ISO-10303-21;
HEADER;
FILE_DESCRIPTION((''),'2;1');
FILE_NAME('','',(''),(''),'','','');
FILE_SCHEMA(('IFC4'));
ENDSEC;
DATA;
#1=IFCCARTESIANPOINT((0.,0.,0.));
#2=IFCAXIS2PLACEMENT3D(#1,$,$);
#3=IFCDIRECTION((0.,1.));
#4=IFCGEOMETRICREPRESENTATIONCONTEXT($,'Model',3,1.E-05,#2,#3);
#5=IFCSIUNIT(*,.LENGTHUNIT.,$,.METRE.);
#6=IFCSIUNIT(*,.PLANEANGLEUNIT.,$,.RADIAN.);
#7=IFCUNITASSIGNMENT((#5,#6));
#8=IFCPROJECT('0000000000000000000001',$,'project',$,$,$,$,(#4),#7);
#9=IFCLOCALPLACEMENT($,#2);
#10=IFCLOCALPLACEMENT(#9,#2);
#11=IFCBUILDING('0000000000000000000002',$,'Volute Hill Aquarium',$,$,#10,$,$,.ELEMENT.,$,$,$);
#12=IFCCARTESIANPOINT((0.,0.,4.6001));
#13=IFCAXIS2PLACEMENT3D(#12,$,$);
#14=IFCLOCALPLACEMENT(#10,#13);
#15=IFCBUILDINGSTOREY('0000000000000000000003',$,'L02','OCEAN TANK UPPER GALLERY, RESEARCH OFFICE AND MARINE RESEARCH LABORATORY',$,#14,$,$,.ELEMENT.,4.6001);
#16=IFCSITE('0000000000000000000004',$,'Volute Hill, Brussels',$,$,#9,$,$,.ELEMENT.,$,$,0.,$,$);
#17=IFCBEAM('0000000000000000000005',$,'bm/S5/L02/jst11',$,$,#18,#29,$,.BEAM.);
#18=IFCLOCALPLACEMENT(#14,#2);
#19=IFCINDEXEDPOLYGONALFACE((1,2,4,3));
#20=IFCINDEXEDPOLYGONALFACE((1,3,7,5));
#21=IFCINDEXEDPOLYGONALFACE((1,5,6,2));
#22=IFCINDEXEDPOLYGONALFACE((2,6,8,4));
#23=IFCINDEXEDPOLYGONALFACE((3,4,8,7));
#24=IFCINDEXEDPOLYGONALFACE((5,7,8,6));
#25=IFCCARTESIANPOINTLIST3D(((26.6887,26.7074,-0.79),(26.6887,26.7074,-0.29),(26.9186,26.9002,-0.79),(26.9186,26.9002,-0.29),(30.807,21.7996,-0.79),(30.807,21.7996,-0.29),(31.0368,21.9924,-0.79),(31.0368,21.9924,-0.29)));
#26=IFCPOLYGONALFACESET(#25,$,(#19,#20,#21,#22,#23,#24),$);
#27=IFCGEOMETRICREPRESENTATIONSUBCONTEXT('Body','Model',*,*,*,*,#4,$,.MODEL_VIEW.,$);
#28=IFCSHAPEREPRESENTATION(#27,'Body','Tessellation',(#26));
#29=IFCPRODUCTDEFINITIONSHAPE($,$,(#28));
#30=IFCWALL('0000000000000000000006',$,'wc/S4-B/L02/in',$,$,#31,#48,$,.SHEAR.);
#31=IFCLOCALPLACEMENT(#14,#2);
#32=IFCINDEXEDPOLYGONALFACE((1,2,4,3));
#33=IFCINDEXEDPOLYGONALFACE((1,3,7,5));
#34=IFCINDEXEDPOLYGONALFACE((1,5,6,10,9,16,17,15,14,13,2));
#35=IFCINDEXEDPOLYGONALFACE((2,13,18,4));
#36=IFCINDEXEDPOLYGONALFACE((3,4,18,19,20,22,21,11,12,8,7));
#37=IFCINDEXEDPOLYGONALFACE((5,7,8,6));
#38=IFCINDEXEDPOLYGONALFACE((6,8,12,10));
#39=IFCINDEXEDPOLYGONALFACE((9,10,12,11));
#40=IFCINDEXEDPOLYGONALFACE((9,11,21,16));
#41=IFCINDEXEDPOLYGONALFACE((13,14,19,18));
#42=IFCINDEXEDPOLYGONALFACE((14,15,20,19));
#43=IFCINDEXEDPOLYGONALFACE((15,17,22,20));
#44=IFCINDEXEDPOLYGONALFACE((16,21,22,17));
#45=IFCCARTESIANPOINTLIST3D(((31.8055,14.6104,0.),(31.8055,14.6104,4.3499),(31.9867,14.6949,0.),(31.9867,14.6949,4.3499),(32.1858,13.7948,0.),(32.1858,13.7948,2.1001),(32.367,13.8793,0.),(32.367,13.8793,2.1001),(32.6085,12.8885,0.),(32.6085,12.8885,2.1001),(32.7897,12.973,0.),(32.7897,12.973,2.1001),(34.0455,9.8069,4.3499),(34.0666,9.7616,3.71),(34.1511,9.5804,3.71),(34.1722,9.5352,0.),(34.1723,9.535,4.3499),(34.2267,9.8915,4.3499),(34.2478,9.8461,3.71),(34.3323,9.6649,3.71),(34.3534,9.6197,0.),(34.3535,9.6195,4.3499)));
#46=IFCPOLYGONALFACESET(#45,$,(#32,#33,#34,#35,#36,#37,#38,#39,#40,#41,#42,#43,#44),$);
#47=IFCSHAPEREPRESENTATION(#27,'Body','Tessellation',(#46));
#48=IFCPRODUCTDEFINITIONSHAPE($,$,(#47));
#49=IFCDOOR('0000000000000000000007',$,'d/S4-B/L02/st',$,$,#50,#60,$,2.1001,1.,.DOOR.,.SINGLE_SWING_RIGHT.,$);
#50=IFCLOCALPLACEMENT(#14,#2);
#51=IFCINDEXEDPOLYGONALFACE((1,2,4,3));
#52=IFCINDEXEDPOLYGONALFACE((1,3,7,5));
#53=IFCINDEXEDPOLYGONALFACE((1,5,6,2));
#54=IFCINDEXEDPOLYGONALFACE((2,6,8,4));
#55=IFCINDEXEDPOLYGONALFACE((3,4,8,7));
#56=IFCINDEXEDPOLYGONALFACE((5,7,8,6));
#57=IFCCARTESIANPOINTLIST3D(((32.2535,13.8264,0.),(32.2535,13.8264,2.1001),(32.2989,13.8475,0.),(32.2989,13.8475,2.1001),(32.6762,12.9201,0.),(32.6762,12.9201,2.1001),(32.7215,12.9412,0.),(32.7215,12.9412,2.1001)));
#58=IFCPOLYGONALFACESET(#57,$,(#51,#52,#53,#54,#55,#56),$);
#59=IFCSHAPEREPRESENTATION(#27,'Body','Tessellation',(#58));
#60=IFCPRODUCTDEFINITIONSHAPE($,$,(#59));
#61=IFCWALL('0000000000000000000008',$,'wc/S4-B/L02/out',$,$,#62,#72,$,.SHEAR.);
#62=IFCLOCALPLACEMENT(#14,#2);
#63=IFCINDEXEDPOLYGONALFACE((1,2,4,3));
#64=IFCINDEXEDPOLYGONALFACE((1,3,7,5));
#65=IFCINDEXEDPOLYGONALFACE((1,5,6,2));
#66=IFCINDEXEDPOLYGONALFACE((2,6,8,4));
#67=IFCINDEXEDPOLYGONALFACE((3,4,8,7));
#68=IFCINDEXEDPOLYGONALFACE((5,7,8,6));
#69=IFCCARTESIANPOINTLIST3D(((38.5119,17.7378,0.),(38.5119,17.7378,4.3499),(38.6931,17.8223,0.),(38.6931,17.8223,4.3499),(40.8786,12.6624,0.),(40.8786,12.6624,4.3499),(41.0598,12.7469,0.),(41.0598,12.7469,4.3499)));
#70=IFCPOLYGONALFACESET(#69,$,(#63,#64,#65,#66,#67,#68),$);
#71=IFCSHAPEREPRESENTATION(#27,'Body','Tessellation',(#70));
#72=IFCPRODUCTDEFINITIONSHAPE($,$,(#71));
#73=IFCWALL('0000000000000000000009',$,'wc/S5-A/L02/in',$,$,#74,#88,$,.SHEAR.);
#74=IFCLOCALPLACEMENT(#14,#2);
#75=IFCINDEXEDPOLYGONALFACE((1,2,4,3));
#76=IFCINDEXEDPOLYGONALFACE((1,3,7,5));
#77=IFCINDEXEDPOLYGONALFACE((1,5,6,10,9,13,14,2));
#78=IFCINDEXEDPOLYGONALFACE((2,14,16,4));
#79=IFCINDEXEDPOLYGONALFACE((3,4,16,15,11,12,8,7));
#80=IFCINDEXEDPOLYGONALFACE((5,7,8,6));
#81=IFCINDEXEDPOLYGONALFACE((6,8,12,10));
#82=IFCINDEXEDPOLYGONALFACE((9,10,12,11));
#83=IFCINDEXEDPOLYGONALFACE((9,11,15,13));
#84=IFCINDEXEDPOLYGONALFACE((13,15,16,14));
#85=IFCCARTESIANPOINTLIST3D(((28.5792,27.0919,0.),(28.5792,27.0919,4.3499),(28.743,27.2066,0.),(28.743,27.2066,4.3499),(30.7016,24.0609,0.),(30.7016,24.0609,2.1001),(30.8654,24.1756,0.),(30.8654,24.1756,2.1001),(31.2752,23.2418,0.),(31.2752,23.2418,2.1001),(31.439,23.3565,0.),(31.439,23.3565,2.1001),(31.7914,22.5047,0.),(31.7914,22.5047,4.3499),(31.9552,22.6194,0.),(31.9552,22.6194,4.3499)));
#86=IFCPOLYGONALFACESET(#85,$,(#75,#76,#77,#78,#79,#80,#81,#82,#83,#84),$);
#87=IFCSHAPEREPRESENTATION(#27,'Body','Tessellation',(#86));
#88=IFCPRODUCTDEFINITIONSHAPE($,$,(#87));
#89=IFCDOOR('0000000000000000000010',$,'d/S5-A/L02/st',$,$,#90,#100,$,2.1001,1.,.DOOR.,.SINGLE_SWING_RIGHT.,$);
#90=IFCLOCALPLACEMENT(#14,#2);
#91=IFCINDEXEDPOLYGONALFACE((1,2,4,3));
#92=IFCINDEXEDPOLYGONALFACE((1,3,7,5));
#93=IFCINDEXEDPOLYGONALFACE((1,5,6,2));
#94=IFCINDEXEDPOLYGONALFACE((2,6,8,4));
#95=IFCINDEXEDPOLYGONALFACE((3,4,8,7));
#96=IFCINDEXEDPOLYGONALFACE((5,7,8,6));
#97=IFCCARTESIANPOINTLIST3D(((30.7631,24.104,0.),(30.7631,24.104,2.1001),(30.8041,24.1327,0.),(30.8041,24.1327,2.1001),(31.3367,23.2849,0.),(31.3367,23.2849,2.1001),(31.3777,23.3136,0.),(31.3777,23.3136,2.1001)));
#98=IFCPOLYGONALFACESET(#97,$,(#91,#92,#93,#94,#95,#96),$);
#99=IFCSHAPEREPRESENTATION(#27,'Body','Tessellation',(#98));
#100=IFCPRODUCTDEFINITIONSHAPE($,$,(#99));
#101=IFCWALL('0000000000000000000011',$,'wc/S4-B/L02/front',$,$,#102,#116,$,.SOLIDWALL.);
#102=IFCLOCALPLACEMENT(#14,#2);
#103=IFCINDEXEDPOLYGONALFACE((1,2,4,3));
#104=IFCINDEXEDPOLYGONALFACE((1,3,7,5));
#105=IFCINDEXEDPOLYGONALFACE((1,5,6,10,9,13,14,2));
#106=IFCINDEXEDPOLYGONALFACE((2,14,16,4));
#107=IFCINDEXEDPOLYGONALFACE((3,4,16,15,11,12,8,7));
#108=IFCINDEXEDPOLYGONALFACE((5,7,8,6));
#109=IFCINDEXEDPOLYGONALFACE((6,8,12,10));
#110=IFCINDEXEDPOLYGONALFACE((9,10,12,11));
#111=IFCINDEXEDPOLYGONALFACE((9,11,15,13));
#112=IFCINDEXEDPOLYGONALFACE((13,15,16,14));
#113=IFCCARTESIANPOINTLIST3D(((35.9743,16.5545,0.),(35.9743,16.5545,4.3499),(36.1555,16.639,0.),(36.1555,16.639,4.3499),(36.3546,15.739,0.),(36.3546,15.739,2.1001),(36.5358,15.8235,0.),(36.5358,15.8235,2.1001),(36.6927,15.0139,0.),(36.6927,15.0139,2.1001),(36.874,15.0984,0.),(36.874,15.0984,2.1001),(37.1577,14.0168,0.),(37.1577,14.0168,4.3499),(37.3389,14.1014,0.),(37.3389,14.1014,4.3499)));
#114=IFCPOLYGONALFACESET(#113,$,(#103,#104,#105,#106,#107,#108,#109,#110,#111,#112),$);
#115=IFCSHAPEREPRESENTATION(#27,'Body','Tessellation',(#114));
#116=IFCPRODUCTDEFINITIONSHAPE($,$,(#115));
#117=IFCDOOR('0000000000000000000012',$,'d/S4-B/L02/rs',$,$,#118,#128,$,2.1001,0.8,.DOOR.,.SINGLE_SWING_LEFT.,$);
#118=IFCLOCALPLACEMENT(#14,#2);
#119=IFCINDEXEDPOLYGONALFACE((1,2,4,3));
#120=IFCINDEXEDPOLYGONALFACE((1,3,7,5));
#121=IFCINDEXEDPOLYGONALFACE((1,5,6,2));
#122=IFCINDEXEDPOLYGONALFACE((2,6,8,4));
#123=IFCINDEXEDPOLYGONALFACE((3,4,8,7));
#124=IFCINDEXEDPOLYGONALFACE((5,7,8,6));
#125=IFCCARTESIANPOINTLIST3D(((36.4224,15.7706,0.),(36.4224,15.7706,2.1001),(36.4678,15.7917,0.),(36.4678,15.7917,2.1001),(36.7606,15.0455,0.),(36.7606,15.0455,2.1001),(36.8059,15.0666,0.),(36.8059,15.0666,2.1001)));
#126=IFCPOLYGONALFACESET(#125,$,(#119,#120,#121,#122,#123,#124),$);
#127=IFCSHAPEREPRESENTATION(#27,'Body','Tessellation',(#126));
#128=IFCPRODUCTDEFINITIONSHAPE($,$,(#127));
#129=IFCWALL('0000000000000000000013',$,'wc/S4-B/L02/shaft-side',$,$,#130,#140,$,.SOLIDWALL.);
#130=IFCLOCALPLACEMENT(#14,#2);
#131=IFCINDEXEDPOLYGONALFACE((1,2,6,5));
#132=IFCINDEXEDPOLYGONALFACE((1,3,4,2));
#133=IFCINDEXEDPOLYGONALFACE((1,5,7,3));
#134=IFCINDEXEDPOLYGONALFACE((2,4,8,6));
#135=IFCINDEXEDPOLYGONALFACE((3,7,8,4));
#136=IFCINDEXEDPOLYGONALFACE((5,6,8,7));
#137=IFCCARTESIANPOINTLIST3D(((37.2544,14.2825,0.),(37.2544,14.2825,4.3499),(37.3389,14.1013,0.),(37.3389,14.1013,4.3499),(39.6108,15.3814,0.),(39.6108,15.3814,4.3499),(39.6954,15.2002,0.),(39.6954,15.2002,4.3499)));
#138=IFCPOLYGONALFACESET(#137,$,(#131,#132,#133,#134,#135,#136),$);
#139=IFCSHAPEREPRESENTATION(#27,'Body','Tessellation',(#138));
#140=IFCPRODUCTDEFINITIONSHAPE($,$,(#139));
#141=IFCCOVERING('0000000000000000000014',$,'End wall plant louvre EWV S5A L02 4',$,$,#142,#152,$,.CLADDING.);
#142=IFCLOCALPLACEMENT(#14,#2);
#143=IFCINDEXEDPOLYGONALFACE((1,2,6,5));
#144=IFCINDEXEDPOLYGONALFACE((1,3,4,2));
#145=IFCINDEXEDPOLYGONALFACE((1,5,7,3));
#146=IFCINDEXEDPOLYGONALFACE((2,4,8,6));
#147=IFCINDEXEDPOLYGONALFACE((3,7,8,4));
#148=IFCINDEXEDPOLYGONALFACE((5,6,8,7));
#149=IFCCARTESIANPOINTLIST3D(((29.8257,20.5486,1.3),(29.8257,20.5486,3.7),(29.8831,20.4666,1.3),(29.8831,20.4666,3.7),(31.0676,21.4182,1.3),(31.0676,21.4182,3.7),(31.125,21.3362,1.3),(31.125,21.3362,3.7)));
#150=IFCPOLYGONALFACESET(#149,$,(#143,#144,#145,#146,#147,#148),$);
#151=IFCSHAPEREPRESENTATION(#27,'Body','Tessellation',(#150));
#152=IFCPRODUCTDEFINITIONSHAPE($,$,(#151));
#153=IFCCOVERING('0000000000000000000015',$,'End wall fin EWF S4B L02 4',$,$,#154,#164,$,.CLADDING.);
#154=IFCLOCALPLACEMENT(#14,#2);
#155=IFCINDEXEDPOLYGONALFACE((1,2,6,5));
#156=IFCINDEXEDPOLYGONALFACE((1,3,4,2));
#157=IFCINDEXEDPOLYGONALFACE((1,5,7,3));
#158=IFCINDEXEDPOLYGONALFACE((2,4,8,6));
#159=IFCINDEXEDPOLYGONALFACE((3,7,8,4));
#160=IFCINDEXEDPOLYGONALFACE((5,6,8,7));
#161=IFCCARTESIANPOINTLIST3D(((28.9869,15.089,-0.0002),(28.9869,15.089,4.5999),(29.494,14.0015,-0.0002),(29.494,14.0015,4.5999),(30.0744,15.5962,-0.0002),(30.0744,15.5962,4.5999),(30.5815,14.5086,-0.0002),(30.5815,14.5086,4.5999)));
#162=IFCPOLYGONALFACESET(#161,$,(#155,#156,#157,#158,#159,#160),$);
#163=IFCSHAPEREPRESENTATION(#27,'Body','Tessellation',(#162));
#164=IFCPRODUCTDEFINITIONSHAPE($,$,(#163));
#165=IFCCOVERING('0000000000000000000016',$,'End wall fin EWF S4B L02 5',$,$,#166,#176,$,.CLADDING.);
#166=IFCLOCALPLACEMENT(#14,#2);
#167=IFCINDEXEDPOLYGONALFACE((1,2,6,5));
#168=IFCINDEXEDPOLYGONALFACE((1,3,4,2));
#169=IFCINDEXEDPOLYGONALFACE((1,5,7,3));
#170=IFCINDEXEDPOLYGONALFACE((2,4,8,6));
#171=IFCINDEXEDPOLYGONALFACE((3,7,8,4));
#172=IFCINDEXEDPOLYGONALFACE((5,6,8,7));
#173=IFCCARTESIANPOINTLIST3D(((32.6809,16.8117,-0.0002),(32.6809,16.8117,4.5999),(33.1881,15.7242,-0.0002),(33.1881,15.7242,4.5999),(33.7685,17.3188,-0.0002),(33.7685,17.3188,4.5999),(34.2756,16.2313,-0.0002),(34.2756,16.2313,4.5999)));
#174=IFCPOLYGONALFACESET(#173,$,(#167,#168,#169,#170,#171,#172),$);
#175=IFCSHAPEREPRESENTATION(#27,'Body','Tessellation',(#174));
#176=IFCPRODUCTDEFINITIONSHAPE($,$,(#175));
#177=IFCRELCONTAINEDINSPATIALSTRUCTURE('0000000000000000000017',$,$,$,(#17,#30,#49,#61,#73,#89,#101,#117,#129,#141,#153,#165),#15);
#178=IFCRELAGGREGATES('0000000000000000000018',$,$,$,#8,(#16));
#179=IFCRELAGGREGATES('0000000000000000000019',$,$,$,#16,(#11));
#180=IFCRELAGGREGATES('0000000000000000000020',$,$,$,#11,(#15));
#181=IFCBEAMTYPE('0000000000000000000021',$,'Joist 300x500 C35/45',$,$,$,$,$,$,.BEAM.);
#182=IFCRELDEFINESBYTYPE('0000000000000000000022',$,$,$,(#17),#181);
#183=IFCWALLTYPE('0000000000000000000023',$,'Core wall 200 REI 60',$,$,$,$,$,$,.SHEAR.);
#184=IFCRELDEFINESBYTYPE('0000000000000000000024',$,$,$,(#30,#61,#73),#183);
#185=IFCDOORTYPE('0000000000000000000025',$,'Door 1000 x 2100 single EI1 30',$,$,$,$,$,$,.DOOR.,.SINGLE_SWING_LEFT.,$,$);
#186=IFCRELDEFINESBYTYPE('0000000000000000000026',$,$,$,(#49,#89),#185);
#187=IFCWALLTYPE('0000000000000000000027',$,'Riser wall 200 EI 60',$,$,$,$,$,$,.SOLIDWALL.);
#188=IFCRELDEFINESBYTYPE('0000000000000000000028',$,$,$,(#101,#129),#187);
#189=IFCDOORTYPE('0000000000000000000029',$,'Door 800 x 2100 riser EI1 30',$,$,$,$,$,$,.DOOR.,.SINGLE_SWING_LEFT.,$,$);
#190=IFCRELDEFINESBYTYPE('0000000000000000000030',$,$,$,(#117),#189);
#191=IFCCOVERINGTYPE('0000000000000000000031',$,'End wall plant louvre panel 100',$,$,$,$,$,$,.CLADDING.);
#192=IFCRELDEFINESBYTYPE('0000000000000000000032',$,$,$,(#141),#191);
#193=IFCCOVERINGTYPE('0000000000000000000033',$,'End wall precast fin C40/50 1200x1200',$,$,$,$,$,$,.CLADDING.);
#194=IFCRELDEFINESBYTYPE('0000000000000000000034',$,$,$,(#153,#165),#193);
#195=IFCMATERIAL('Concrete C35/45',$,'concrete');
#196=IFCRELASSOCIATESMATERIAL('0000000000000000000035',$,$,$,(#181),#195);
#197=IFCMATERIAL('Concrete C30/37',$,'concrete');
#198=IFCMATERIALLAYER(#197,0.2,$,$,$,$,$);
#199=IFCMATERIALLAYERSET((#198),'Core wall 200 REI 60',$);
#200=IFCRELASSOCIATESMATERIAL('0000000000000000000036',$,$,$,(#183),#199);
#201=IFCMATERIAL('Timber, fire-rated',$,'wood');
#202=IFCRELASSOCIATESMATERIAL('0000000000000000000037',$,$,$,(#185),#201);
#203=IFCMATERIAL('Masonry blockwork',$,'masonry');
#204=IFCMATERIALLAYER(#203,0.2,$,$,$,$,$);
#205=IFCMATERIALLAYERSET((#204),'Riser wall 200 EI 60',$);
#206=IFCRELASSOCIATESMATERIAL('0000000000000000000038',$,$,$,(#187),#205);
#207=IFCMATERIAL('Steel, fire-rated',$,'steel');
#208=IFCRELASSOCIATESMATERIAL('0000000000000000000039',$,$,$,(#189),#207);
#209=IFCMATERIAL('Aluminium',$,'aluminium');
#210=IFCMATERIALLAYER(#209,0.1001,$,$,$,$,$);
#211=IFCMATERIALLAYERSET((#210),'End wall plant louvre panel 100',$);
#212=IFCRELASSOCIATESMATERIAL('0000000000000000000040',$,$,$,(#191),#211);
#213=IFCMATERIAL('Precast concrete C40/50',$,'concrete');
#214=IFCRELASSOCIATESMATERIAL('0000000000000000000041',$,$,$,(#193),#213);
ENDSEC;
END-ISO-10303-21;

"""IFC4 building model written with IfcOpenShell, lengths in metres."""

from ifc_helpers import new_model, si_unit, direction, frame, frame_2d, origin, origin_2d, place, context, subcontext, project, spatial, polyline, rectangle, outline, extrude, material, layer, layer_set, material_profile, profile_set, type_object, element, fill, save


model = new_model("IFC4")

# Units and contexts
model_context = context("Model", 3, precision=1e-05, world=origin(), true_north=direction((0.0, 1.0)))
body_context = subcontext(model_context, "Body", "Model", "MODEL_VIEW")
ifc_project = project(units=[si_unit("LENGTHUNIT", "METRE"), si_unit("PLANEANGLEUNIT", "RADIAN")], contexts=[model_context])

# Site, building, storey
site_placement = place(None, origin())
site = spatial("IfcSite", under=ifc_project, at=site_placement, Name="Volute Hill, Brussels", CompositionType="ELEMENT", RefElevation=0.0)
building_placement = place(site_placement, origin())
building = spatial("IfcBuilding", under=site, at=building_placement, Name="Volute Hill Aquarium", CompositionType="ELEMENT")
storey_placement = place(building_placement, frame((0.0, 0.0, 4.6001)))
storey = spatial("IfcBuildingStorey", under=building, at=storey_placement, Name="L02", Description="OCEAN TANK UPPER GALLERY, RESEARCH OFFICE AND MARINE RESEARCH LABORATORY", CompositionType="ELEMENT", Elevation=4.6001)

# Beam
ifc_material_1 = material(Name="Concrete C35/45", Category="concrete")
ifc_material_profile = material_profile(ifc_material_1, rectangle(XDim=0.3, YDim=0.5, at=origin_2d()), Name="RC joist 300x500")
ifc_profile_set = profile_set([ifc_material_profile], Name="Concrete C35/45")
beam_type = type_object("IfcBeamType", Name="Joist 300x500 C35/45", PredefinedType="BEAM", material=ifc_profile_set)
beam_placement = place(storey_placement, frame((30.9219, 21.896, -0.54), z_axis=(-0.642797, 0.766037, 0.0), x_axis=(-0.766037, -0.642797, 0.0)))
element("IfcBeam", 1, at=beam_placement, inside=storey, type_object=beam_type, Name="bm/S5/L02/jst11", PredefinedType="BEAM", context=body_context, shape_type="SweptSolid", body=[
    extrude(rectangle(XDim=0.3, YDim=0.5, at=origin_2d()), origin(), (0.0, 0.0, 1.0), 6.4067),
])

# Wall, opening, door
ifc_material_2 = material(Name="Concrete C30/37", Category="concrete")
ifc_layer_1 = layer(ifc_material_2, 0.2)
ifc_layer_set_1 = layer_set([ifc_layer_1], Name="Core wall 200 REI 60")
wall_type_1 = type_object("IfcWallType", Name="Core wall 200 REI 60", PredefinedType="SHEAR", material=ifc_layer_set_1)
wall_1_placement = place(storey_placement, frame((31.896, 14.6526, 0.0), z_axis=(0.0, 0.0, 1.0), x_axis=(0.422632, -0.906301, 0.0)))
wall_1 = element("IfcWall", 2, at=wall_1_placement, inside=storey, type_object=wall_type_1, Name="wc/S4-B/L02/in", PredefinedType="SHEAR", context=body_context, shape_type="SweptSolid", body=[
    extrude(outline(polyline([(0.0, 0.0), (5.5999, 0.0), (5.6001, 4.3499), (5.55, 3.71), (5.3501, 3.71), (5.3, 4.3499), (0.0, 4.3499), (0.0, 0.0)])), frame((0.0, 0.1001, 0.0), z_axis=(0.0, -1.0, 0.0), x_axis=(1.0, 0.0, 0.0)), (0.0, 0.0, 1.0), 0.2),
])
opening_1_placement = place(wall_1_placement, frame((0.8999, 0.0, 0.0)))
opening_1 = element("IfcOpeningElement", 3, at=opening_1_placement, cuts=wall_1, PredefinedType="OPENING", context=body_context, shape_type="SweptSolid", body=[
    extrude(rectangle(XDim=1.0, YDim=2.1001, at=frame_2d((0.5, 1.05))), frame((0.0, 0.1099, 0.0), z_axis=(0.0, -1.0, 0.0), x_axis=(1.0, 0.0, 0.0)), (0.0, 0.0, 1.0), 0.22),
])
ifc_material_3 = material(Name="Timber, fire-rated", Category="wood")
door_type_1 = type_object("IfcDoorType", Name="Door 1000 x 2100 single EI1 30", OperationType="SINGLE_SWING_LEFT", PredefinedType="DOOR", material=ifc_material_3)
door_1_placement = place(opening_1_placement, origin())
door_1 = element("IfcDoor", 4, at=door_1_placement, inside=storey, type_object=door_type_1, Name="d/S4-B/L02/st", OperationType="SINGLE_SWING_RIGHT", OverallHeight=2.1001, OverallWidth=1.0, PredefinedType="DOOR", context=body_context, shape_type="SweptSolid", body=[
    extrude(rectangle(XDim=1.0, YDim=2.1001, at=frame_2d((0.5, 1.05))), frame((0.0, 0.0249, 0.0), z_axis=(0.0, -1.0, 0.0), x_axis=(1.0, 0.0, 0.0)), (0.0, 0.0, 1.0), 0.05),
])
fill(opening_1, door_1)

# Wall
wall_2_placement = place(storey_placement, frame((38.6025, 17.78, 0.0), z_axis=(0.0, 0.0, 1.0), x_axis=(0.422616, -0.906309, 0.0)))
element("IfcWall", 5, at=wall_2_placement, inside=storey, type_object=wall_type_1, Name="wc/S4-B/L02/out", PredefinedType="SHEAR", context=body_context, shape_type="SweptSolid", body=[
    extrude(rectangle(XDim=5.6001, YDim=0.2, at=frame_2d((2.8, 0.0))), origin(), (0.0, 0.0, 1.0), 4.3499),
])

# Walls, openings, doors
wall_3_placement = place(storey_placement, frame((31.8733, 22.562, 0.0), z_axis=(0.0, 0.0, 1.0), x_axis=(-0.5736, 0.819136, 0.0)))
wall_3 = element("IfcWall", 6, at=wall_3_placement, inside=storey, type_object=wall_type_1, Name="wc/S5-A/L02/in", PredefinedType="SHEAR", context=body_context, shape_type="SweptSolid", body=[
    extrude(rectangle(XDim=5.6001, YDim=0.2, at=frame_2d((2.8, 0.0))), origin(), (0.0, 0.0, 1.0), 4.3499),
])
opening_2_placement = place(wall_3_placement, frame((0.8999, 0.0, 0.0)))
opening_2 = element("IfcOpeningElement", 7, at=opening_2_placement, cuts=wall_3, PredefinedType="OPENING", context=body_context, shape_type="SweptSolid", body=[
    extrude(rectangle(XDim=1.0, YDim=2.1001, at=frame_2d((0.5, 1.05))), frame((0.0, 0.1099, 0.0), z_axis=(0.0, -1.0, 0.0), x_axis=(1.0, 0.0, 0.0)), (0.0, 0.0, 1.0), 0.22),
])
door_2_placement = place(opening_2_placement, origin())
door_2 = element("IfcDoor", 8, at=door_2_placement, inside=storey, type_object=door_type_1, Name="d/S5-A/L02/st", OperationType="SINGLE_SWING_RIGHT", OverallHeight=2.1001, OverallWidth=1.0, PredefinedType="DOOR", context=body_context, shape_type="SweptSolid", body=[
    extrude(rectangle(XDim=1.0, YDim=2.1001, at=frame_2d((0.5, 1.05))), frame((0.0, 0.0249, 0.0), z_axis=(0.0, -1.0, 0.0), x_axis=(1.0, 0.0, 0.0)), (0.0, 0.0, 1.0), 0.05),
])
fill(opening_2, door_2)
ifc_material_4 = material(Name="Masonry blockwork", Category="masonry")
ifc_layer_2 = layer(ifc_material_4, 0.2)
ifc_layer_set_2 = layer_set([ifc_layer_2], Name="Riser wall 200 EI 60")
wall_type_2 = type_object("IfcWallType", Name="Riser wall 200 EI 60", PredefinedType="SOLIDWALL", material=ifc_layer_set_2)
wall_4_placement = place(storey_placement, frame((36.0649, 16.5967, 0.0), z_axis=(0.0, 0.0, 1.0), x_axis=(0.422632, -0.906301, 0.0)))
wall_4 = element("IfcWall", 9, at=wall_4_placement, inside=storey, type_object=wall_type_2, Name="wc/S4-B/L02/front", PredefinedType="SOLIDWALL", context=body_context, shape_type="SweptSolid", body=[
    extrude(rectangle(XDim=2.8, YDim=0.2, at=frame_2d((1.3999, 0.0))), origin(), (0.0, 0.0, 1.0), 4.3499),
])
opening_3_placement = place(wall_4_placement, frame((0.8999, 0.0, 0.0)))
opening_3 = element("IfcOpeningElement", 10, at=opening_3_placement, cuts=wall_4, PredefinedType="OPENING", context=body_context, shape_type="SweptSolid", body=[
    extrude(rectangle(XDim=0.8, YDim=2.1001, at=frame_2d((0.3999, 1.05))), frame((0.0, 0.1099, 0.0), z_axis=(0.0, -1.0, 0.0), x_axis=(1.0, 0.0, 0.0)), (0.0, 0.0, 1.0), 0.22),
])
ifc_material_5 = material(Name="Steel, fire-rated", Category="steel")
door_type_2 = type_object("IfcDoorType", Name="Door 800 x 2100 riser EI1 30", OperationType="SINGLE_SWING_LEFT", PredefinedType="DOOR", material=ifc_material_5)
door_3_placement = place(opening_3_placement, origin())
door_3 = element("IfcDoor", 11, at=door_3_placement, inside=storey, type_object=door_type_2, Name="d/S4-B/L02/rs", OperationType="SINGLE_SWING_LEFT", OverallHeight=2.1001, OverallWidth=0.8, PredefinedType="DOOR", context=body_context, shape_type="SweptSolid", body=[
    extrude(rectangle(XDim=0.8, YDim=2.1001, at=frame_2d((0.3999, 1.05))), frame((0.0, 0.0249, 0.0), z_axis=(0.0, -1.0, 0.0), x_axis=(1.0, 0.0, 0.0)), (0.0, 0.0, 1.0), 0.05),
])
fill(opening_3, door_3)

# Wall
wall_5_placement = place(storey_placement, frame((37.2966, 14.1919, 0.0), z_axis=(0.0, 0.0, 1.0), x_axis=(0.906301, 0.422634, 0.0)))
element("IfcWall", 12, at=wall_5_placement, inside=storey, type_object=wall_type_2, Name="wc/S4-B/L02/shaft-side", PredefinedType="SOLIDWALL", context=body_context, shape_type="SweptSolid", body=[
    extrude(rectangle(XDim=2.6001, YDim=0.2, at=frame_2d((1.3, 0.0))), origin(), (0.0, 0.0, 1.0), 4.3499),
])

# Coverings
ifc_material_6 = material(Name="Aluminium", Category="aluminium")
ifc_layer_3 = layer(ifc_material_6, 0.1001)
ifc_layer_set_3 = layer_set([ifc_layer_3], Name="End wall plant louvre panel 100")
covering_type_1 = type_object("IfcCoveringType", Name="End wall plant louvre panel 100", PredefinedType="CLADDING", material=ifc_layer_set_3)
covering_1_placement = place(storey_placement, frame((30.4753, 20.9424, 1.3), z_axis=(0.0, 0.0, 1.0), x_axis=(0.819153, 0.573575, 0.0)))
element("IfcCovering", 13, at=covering_1_placement, inside=storey, type_object=covering_type_1, Name="End wall plant louvre EWV S5A L02 4", PredefinedType="CLADDING", context=body_context, shape_type="SweptSolid", body=[
    extrude(rectangle(XDim=1.5161, YDim=0.1001, at=origin_2d()), origin(), (0.0, 0.0, 1.0), 2.3999),
])
ifc_material_7 = material(Name="Precast concrete C40/50", Category="concrete")
covering_type_2 = type_object("IfcCoveringType", Name="End wall precast fin C40/50 1200x1200", PredefinedType="CLADDING", material=ifc_material_7)
for number, where, z_axis, x_axis, name in (
    (14, (29.7842, 14.7988, -0.0002), (0.0, 0.0, 1.0), (0.906309, 0.422616, 0.0), "End wall fin EWF S4B L02 4"),
    (15, (33.4783, 16.5215, -0.0002), (0.0, 0.0, 1.0), (0.906309, 0.422616, 0.0), "End wall fin EWF S4B L02 5"),
):
    element("IfcCovering", number, at=place(storey_placement, frame(where, z_axis=z_axis, x_axis=x_axis)), inside=storey, type_object=covering_type_2, Name=name, PredefinedType="CLADDING", context=body_context, shape_type="SweptSolid", body=[
        extrude(rectangle(XDim=1.2, YDim=1.2, at=origin_2d()), origin(), (0.0, 0.0, 1.0), 4.6001),
    ])

save(model, "model.ifc")
